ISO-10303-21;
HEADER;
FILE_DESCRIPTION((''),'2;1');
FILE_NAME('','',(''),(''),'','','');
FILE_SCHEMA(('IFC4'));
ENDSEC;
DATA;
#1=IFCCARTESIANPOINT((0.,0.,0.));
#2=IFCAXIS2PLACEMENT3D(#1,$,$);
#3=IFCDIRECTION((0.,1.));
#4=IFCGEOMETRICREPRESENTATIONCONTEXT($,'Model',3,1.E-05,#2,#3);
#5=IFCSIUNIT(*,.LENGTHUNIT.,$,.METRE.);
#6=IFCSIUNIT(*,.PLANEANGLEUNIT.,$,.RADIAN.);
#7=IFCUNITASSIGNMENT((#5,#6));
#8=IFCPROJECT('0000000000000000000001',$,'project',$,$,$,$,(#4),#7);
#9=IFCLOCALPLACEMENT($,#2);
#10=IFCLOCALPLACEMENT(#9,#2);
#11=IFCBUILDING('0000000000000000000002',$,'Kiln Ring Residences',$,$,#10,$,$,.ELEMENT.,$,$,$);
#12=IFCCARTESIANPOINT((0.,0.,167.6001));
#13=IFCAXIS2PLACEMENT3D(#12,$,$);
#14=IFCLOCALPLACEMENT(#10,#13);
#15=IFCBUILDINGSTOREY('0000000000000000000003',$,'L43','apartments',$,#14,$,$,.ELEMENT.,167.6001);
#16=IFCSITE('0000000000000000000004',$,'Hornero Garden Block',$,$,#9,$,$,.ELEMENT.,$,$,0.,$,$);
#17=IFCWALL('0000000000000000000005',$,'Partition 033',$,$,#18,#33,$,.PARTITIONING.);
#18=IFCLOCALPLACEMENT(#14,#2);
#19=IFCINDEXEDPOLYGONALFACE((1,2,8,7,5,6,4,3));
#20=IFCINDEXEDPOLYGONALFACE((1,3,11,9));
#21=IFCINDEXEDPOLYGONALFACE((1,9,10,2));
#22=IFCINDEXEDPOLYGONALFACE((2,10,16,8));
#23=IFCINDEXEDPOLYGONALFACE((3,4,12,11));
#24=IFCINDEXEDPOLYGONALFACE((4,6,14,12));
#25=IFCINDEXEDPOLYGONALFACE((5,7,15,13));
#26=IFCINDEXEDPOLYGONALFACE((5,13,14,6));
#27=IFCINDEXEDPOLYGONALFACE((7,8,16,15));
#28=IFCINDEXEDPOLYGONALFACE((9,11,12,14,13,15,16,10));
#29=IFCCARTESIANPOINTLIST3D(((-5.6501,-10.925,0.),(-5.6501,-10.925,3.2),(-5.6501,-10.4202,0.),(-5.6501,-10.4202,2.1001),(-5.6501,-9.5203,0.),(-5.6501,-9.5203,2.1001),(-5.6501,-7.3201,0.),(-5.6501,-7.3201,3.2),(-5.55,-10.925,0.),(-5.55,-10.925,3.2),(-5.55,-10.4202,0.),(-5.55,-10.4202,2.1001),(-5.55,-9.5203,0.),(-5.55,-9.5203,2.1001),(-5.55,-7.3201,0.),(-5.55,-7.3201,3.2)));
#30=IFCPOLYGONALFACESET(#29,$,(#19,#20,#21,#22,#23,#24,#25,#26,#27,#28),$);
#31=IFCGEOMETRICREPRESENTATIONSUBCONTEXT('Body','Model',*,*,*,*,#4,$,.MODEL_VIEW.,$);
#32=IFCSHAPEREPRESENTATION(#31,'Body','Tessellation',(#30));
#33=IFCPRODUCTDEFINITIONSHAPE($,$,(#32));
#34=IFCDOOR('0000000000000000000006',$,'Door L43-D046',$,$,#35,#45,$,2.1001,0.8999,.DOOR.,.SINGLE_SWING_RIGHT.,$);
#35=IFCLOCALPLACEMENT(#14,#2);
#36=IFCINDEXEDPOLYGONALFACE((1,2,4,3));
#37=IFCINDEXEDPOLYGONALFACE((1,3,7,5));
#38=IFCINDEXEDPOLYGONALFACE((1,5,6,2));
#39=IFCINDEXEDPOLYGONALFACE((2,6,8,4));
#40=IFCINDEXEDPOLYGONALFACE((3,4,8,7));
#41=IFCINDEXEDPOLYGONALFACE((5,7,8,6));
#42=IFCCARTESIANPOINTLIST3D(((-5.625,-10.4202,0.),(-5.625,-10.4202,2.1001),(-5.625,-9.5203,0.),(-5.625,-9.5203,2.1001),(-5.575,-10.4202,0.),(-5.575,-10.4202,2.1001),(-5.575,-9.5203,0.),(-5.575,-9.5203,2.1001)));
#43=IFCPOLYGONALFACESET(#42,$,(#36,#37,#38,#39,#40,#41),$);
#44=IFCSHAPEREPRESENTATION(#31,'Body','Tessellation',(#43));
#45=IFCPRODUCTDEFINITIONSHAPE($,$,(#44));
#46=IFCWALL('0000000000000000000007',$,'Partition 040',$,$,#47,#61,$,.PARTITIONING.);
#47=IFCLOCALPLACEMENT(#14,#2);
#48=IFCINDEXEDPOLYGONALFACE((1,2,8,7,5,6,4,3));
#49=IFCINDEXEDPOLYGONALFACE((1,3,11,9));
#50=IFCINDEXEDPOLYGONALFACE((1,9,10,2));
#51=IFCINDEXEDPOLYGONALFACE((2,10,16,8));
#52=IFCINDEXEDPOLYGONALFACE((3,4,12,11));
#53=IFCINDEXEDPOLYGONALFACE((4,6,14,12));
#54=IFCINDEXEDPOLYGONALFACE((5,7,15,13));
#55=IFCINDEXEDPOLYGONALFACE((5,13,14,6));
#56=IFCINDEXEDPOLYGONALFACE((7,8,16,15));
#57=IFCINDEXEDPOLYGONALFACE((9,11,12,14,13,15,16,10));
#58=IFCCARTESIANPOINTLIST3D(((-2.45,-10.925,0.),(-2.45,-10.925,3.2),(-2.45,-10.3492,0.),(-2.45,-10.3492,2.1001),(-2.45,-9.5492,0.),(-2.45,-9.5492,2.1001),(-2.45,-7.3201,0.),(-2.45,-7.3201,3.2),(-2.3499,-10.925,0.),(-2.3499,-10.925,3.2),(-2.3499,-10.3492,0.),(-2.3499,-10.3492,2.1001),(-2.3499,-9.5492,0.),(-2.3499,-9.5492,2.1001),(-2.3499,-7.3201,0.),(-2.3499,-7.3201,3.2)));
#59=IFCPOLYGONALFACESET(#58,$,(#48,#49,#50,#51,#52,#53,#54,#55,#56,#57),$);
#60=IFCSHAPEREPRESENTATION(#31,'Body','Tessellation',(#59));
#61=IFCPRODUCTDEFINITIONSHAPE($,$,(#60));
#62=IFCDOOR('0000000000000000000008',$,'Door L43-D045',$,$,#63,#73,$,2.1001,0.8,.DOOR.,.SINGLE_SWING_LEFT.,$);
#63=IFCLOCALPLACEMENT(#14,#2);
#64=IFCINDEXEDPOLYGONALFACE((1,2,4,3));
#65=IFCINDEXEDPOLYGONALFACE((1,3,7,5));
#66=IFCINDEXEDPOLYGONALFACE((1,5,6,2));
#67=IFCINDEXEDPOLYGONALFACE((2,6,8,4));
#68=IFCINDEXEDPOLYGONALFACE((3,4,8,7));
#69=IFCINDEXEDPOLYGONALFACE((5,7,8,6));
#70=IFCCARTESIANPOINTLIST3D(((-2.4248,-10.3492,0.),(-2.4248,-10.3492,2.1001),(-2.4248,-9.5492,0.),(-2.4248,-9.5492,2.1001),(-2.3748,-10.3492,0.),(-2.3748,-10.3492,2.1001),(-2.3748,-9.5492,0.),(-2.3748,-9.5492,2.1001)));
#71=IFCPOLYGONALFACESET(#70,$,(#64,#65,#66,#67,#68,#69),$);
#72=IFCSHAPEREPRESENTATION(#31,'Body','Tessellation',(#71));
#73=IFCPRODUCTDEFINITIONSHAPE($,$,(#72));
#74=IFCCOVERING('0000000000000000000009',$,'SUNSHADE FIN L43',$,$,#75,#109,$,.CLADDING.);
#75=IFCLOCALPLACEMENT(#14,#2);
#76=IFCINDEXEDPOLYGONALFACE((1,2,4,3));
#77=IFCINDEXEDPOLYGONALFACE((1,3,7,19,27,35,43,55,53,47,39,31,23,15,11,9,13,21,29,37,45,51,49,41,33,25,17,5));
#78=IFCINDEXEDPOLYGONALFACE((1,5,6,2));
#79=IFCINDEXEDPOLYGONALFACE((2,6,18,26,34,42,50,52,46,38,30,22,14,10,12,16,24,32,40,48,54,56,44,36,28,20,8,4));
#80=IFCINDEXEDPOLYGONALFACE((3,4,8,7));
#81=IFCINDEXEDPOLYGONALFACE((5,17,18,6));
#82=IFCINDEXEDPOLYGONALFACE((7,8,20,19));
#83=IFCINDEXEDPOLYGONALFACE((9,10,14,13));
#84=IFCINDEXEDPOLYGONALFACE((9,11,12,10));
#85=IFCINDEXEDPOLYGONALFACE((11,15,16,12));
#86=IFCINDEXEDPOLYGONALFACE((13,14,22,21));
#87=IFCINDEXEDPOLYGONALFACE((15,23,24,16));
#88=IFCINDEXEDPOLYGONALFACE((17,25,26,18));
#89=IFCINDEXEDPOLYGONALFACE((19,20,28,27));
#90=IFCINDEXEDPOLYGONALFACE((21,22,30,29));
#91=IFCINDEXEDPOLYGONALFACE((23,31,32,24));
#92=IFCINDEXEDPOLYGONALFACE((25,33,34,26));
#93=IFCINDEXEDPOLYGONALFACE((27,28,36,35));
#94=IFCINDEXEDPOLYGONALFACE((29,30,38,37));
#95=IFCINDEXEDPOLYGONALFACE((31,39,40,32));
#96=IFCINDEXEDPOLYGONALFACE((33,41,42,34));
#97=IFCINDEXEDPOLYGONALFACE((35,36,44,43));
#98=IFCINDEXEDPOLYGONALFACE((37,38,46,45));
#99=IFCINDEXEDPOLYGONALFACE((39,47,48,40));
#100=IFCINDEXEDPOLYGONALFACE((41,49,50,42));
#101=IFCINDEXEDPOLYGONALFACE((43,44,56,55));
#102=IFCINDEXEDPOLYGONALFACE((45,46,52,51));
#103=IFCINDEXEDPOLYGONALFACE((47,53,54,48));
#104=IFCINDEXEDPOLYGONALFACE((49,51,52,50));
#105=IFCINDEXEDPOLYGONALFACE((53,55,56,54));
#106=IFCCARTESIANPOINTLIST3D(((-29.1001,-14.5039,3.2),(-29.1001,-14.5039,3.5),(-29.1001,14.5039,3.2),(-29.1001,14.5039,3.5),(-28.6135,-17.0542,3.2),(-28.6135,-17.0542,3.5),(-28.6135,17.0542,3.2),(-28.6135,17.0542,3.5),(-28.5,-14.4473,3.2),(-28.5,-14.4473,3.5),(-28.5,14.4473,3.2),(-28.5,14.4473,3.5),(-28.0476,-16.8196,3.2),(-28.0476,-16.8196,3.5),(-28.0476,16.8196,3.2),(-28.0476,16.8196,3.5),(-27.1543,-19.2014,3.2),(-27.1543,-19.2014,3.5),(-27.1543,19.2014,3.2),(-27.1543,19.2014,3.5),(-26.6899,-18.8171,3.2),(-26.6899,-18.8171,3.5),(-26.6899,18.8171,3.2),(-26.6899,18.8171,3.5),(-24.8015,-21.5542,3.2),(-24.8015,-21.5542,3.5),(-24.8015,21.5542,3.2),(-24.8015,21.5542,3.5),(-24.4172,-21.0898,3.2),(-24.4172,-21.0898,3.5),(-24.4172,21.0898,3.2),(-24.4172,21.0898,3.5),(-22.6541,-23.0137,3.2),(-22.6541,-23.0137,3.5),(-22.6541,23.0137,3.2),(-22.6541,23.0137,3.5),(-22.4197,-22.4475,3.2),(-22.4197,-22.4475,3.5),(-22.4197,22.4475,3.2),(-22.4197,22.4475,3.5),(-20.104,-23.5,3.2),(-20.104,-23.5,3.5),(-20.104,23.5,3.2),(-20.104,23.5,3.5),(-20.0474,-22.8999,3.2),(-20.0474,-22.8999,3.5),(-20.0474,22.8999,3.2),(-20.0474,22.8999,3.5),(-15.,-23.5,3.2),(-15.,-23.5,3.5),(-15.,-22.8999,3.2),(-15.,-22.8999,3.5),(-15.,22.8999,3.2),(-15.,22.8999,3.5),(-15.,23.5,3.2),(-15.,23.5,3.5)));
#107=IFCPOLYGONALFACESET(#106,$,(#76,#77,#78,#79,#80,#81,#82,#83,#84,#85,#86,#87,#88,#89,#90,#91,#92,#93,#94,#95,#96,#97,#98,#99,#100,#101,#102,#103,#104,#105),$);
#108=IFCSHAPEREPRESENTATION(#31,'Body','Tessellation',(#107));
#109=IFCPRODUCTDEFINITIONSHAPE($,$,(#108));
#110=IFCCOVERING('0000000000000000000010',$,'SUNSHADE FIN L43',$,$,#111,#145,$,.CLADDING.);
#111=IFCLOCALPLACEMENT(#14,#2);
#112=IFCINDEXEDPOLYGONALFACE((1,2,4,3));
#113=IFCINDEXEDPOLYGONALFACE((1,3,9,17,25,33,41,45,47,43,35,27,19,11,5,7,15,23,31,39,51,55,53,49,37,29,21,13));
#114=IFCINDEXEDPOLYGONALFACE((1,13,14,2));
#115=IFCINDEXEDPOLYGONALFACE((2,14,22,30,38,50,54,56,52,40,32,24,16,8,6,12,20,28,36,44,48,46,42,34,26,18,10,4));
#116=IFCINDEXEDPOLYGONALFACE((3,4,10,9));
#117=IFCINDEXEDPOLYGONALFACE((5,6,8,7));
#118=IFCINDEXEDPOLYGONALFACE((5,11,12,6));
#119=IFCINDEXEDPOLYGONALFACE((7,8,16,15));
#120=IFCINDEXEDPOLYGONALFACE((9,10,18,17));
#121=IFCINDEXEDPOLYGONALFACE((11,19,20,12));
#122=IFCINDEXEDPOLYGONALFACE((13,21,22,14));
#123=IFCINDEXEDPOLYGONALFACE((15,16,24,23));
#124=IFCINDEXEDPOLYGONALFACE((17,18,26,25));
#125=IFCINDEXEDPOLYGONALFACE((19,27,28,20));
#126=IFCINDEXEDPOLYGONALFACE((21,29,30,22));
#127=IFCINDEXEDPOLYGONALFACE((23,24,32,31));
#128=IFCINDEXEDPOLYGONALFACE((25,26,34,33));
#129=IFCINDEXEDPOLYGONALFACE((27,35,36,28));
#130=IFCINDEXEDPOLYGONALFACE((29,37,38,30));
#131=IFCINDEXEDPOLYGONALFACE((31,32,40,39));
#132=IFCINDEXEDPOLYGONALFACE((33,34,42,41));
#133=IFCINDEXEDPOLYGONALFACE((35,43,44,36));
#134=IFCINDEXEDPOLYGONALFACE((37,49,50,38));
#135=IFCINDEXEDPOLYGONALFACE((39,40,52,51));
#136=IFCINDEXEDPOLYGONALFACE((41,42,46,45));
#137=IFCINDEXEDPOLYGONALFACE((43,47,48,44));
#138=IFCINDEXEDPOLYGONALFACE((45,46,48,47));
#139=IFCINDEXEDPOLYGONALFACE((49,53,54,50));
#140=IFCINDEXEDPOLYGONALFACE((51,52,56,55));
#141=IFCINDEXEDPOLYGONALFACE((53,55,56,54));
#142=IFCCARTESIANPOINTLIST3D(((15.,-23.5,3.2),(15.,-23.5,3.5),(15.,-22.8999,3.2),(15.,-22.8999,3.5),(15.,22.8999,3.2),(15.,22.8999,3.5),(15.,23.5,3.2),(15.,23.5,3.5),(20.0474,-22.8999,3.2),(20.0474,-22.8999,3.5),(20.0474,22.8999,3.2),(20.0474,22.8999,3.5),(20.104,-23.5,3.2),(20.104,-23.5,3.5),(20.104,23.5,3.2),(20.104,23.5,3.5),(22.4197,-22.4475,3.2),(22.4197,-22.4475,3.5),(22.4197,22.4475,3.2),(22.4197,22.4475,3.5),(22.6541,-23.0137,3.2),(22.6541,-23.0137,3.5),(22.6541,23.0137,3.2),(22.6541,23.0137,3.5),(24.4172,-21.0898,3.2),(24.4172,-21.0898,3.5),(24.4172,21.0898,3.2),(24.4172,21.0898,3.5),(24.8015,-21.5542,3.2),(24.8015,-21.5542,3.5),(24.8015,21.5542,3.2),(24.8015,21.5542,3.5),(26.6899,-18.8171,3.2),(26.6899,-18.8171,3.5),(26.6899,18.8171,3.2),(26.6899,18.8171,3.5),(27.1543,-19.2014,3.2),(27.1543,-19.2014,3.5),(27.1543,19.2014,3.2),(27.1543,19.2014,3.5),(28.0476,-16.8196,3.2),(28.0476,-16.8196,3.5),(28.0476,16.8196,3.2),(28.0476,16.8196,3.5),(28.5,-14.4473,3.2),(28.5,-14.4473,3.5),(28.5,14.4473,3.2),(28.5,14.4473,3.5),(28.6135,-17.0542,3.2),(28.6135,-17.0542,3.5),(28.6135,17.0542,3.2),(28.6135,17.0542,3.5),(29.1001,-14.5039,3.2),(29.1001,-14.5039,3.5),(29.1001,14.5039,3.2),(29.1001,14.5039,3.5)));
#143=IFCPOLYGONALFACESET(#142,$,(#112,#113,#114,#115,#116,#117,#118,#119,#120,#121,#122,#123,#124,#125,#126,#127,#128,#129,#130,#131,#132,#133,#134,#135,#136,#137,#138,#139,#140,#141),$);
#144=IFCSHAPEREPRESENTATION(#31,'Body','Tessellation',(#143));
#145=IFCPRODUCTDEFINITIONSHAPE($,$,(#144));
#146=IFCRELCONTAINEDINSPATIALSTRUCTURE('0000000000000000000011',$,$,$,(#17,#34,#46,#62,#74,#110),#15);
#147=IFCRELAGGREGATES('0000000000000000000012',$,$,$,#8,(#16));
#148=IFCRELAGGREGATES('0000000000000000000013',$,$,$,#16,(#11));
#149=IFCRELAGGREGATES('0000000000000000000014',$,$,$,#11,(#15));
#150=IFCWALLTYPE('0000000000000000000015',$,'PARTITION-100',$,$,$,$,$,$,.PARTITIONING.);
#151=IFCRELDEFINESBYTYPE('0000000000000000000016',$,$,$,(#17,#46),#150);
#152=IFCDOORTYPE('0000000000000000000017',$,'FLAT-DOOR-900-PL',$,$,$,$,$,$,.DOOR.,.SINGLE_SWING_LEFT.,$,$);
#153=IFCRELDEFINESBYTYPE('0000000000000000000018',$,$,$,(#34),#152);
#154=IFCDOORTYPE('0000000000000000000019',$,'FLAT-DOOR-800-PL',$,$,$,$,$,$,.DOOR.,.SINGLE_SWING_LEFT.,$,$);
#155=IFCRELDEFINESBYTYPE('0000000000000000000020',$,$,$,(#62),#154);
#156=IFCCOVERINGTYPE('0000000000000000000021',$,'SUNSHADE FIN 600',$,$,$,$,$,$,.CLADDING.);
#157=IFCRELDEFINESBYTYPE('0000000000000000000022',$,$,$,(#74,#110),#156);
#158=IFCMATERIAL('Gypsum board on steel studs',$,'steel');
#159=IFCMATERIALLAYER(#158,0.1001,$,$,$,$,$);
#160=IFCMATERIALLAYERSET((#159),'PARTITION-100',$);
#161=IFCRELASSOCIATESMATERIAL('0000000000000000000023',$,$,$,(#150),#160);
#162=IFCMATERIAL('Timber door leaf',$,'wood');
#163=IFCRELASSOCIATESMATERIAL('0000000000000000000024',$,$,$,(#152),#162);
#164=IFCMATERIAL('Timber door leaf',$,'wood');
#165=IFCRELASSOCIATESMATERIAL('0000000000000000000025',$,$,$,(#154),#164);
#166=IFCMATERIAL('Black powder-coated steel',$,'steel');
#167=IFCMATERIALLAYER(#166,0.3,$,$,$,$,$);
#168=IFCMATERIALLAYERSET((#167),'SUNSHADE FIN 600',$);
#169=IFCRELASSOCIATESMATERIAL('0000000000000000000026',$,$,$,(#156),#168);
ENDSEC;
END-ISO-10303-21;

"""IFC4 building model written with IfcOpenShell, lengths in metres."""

from ifc_helpers import new_model, si_unit, direction, frame, frame_2d, origin, place, context, subcontext, project, spatial, polyline, rectangle, outline, extrude, material, layer, layer_set, type_object, element, fill, save


model = new_model("IFC4")

# Units and contexts
model_context = context("Model", 3, precision=1e-05, world=origin(), true_north=direction((0.0, 1.0)))
body_context = subcontext(model_context, "Body", "Model", "MODEL_VIEW")
ifc_project = project(units=[si_unit("LENGTHUNIT", "METRE"), si_unit("PLANEANGLEUNIT", "RADIAN")], contexts=[model_context])

# Site, building, storey
site_placement = place(None, origin())
site = spatial("IfcSite", under=ifc_project, at=site_placement, Name="Hornero Garden Block", CompositionType="ELEMENT", RefElevation=0.0)
building_placement = place(site_placement, origin())
building = spatial("IfcBuilding", under=site, at=building_placement, Name="Kiln Ring Residences", CompositionType="ELEMENT")
storey_placement = place(building_placement, frame((0.0, 0.0, 167.6001)))
storey = spatial("IfcBuildingStorey", under=building, at=storey_placement, Name="L43", Description="apartments", CompositionType="ELEMENT", Elevation=167.6001)

# Walls, openings, doors
ifc_material_1 = material(Name="Gypsum board on steel studs", Category="steel")
ifc_layer_1 = layer(ifc_material_1, 0.1001)
ifc_layer_set_1 = layer_set([ifc_layer_1], Name="PARTITION-100")
wall_type = type_object("IfcWallType", Name="PARTITION-100", PredefinedType="PARTITIONING", material=ifc_layer_set_1)
wall_1_placement = place(storey_placement, frame((-5.6001, -10.925, 0.0), z_axis=(0.0, 0.0, 1.0), x_axis=(0.0, 1.0, 0.0)))
wall_1 = element("IfcWall", 1, at=wall_1_placement, inside=storey, type_object=wall_type, Name="Partition 033", PredefinedType="PARTITIONING", context=body_context, shape_type="SweptSolid", body=[
    extrude(rectangle(XDim=3.605, YDim=0.1001, at=frame_2d((1.8025, 0.0))), origin(), (0.0, 0.0, 1.0), 3.2),
])
opening_1_placement = place(wall_1_placement, frame((0.5049, 0.0, 0.0)))
opening_1 = element("IfcOpeningElement", 2, at=opening_1_placement, cuts=wall_1, PredefinedType="OPENING", context=body_context, shape_type="SweptSolid", body=[
    extrude(rectangle(XDim=0.8999, YDim=2.1001, at=frame_2d((0.45, 1.05))), frame((0.0, 0.0601, 0.0), z_axis=(0.0, -1.0, 0.0), x_axis=(1.0, 0.0, 0.0)), (0.0, 0.0, 1.0), 0.1201),
])
ifc_material_2 = material(Name="Timber door leaf", Category="wood")
door_type_1 = type_object("IfcDoorType", Name="FLAT-DOOR-900-PL", OperationType="SINGLE_SWING_LEFT", PredefinedType="DOOR", material=ifc_material_2)
door_1_placement = place(opening_1_placement, origin())
door_1 = element("IfcDoor", 3, at=door_1_placement, inside=storey, type_object=door_type_1, Name="Door L43-D046", OperationType="SINGLE_SWING_RIGHT", OverallHeight=2.1001, OverallWidth=0.8999, PredefinedType="DOOR", context=body_context, shape_type="SweptSolid", body=[
    extrude(rectangle(XDim=0.8999, YDim=2.1001, at=frame_2d((0.45, 1.05))), frame((0.0, 0.0249, 0.0), z_axis=(0.0, -1.0, 0.0), x_axis=(1.0, 0.0, 0.0)), (0.0, 0.0, 1.0), 0.05),
])
fill(opening_1, door_1)
wall_2_placement = place(storey_placement, frame((-2.3999, -10.925, 0.0), z_axis=(0.0, 0.0, 1.0), x_axis=(0.0, 1.0, 0.0)))
wall_2 = element("IfcWall", 4, at=wall_2_placement, inside=storey, type_object=wall_type, Name="Partition 040", PredefinedType="PARTITIONING", context=body_context, shape_type="SweptSolid", body=[
    extrude(rectangle(XDim=3.605, YDim=0.1001, at=frame_2d((1.8025, 0.0))), origin(), (0.0, 0.0, 1.0), 3.2),
])
opening_2_placement = place(wall_2_placement, frame((0.5759, 0.0, 0.0)))
opening_2 = element("IfcOpeningElement", 5, at=opening_2_placement, cuts=wall_2, PredefinedType="OPENING", context=body_context, shape_type="SweptSolid", body=[
    extrude(rectangle(XDim=0.8, YDim=2.1001, at=frame_2d((0.3999, 1.05))), frame((0.0, 0.0601, 0.0), z_axis=(0.0, -1.0, 0.0), x_axis=(1.0, 0.0, 0.0)), (0.0, 0.0, 1.0), 0.1201),
])
ifc_material_3 = material(Name="Timber door leaf", Category="wood")
door_type_2 = type_object("IfcDoorType", Name="FLAT-DOOR-800-PL", OperationType="SINGLE_SWING_LEFT", PredefinedType="DOOR", material=ifc_material_3)
door_2_placement = place(opening_2_placement, origin())
door_2 = element("IfcDoor", 6, at=door_2_placement, inside=storey, type_object=door_type_2, Name="Door L43-D045", OperationType="SINGLE_SWING_LEFT", OverallHeight=2.1001, OverallWidth=0.8, PredefinedType="DOOR", context=body_context, shape_type="SweptSolid", body=[
    extrude(rectangle(XDim=0.8, YDim=2.1001, at=frame_2d((0.3999, 1.05))), frame((0.0, 0.0249, 0.0), z_axis=(0.0, -1.0, 0.0), x_axis=(1.0, 0.0, 0.0)), (0.0, 0.0, 1.0), 0.05),
])
fill(opening_2, door_2)

# Coverings
ifc_material_4 = material(Name="Black powder-coated steel", Category="steel")
ifc_layer_2 = layer(ifc_material_4, 0.3)
ifc_layer_set_2 = layer_set([ifc_layer_2], Name="SUNSHADE FIN 600")
covering_type = type_object("IfcCoveringType", Name="SUNSHADE FIN 600", PredefinedType="CLADDING", material=ifc_layer_set_2)
placement = place(storey_placement, frame((0.0, 0.0, 3.2)))
element("IfcCovering", 7, at=placement, inside=storey, type_object=covering_type, Name="SUNSHADE FIN L43", PredefinedType="CLADDING", context=body_context, shape_type="SweptSolid", body=[
    extrude(outline(polyline([(-29.1001, -14.5039), (-28.6135, -17.0542), (-27.1543, -19.2014), (-24.8015, -21.5542), (-22.6541, -23.0137), (-20.104, -23.5), (-15.0, -23.5), (-15.0, -22.8999), (-20.0474, -22.8999), (-22.4197, -22.4475), (-24.4172, -21.0898), (-26.6899, -18.8171), (-28.0476, -16.8196), (-28.5, -14.4473), (-28.5, 14.4473), (-28.0476, 16.8196), (-26.6899, 18.8171), (-24.4172, 21.0898), (-22.4197, 22.4475), (-20.0474, 22.8999), (-15.0, 22.8999), (-15.0, 23.5), (-20.104, 23.5), (-22.6541, 23.0137), (-24.8015, 21.5542), (-27.1543, 19.2014), (-28.6135, 17.0542), (-29.1001, 14.5039), (-29.1001, -14.5039)])), origin(), (0.0, 0.0, 1.0), 0.3),
])
element("IfcCovering", 8, at=placement, inside=storey, type_object=covering_type, Name="SUNSHADE FIN L43", PredefinedType="CLADDING", context=body_context, shape_type="SweptSolid", body=[
    extrude(outline(polyline([(20.104, 23.5), (15.0, 23.5), (15.0, 22.8999), (20.0474, 22.8999), (22.4197, 22.4475), (24.4172, 21.0898), (26.6899, 18.8171), (28.0476, 16.8196), (28.5, 14.4473), (28.5, -14.4473), (28.0476, -16.8196), (26.6899, -18.8171), (24.4172, -21.0898), (22.4197, -22.4475), (20.0474, -22.8999), (15.0, -22.8999), (15.0, -23.5), (20.104, -23.5), (22.6541, -23.0137), (24.8015, -21.5542), (27.1543, -19.2014), (28.6135, -17.0542), (29.1001, -14.5039), (29.1001, 14.5039), (28.6135, 17.0542), (27.1543, 19.2014), (24.8015, 21.5542), (22.6541, 23.0137), (20.104, 23.5)])), origin(), (0.0, 0.0, 1.0), 0.3),
])

save(model, "model.ifc")
